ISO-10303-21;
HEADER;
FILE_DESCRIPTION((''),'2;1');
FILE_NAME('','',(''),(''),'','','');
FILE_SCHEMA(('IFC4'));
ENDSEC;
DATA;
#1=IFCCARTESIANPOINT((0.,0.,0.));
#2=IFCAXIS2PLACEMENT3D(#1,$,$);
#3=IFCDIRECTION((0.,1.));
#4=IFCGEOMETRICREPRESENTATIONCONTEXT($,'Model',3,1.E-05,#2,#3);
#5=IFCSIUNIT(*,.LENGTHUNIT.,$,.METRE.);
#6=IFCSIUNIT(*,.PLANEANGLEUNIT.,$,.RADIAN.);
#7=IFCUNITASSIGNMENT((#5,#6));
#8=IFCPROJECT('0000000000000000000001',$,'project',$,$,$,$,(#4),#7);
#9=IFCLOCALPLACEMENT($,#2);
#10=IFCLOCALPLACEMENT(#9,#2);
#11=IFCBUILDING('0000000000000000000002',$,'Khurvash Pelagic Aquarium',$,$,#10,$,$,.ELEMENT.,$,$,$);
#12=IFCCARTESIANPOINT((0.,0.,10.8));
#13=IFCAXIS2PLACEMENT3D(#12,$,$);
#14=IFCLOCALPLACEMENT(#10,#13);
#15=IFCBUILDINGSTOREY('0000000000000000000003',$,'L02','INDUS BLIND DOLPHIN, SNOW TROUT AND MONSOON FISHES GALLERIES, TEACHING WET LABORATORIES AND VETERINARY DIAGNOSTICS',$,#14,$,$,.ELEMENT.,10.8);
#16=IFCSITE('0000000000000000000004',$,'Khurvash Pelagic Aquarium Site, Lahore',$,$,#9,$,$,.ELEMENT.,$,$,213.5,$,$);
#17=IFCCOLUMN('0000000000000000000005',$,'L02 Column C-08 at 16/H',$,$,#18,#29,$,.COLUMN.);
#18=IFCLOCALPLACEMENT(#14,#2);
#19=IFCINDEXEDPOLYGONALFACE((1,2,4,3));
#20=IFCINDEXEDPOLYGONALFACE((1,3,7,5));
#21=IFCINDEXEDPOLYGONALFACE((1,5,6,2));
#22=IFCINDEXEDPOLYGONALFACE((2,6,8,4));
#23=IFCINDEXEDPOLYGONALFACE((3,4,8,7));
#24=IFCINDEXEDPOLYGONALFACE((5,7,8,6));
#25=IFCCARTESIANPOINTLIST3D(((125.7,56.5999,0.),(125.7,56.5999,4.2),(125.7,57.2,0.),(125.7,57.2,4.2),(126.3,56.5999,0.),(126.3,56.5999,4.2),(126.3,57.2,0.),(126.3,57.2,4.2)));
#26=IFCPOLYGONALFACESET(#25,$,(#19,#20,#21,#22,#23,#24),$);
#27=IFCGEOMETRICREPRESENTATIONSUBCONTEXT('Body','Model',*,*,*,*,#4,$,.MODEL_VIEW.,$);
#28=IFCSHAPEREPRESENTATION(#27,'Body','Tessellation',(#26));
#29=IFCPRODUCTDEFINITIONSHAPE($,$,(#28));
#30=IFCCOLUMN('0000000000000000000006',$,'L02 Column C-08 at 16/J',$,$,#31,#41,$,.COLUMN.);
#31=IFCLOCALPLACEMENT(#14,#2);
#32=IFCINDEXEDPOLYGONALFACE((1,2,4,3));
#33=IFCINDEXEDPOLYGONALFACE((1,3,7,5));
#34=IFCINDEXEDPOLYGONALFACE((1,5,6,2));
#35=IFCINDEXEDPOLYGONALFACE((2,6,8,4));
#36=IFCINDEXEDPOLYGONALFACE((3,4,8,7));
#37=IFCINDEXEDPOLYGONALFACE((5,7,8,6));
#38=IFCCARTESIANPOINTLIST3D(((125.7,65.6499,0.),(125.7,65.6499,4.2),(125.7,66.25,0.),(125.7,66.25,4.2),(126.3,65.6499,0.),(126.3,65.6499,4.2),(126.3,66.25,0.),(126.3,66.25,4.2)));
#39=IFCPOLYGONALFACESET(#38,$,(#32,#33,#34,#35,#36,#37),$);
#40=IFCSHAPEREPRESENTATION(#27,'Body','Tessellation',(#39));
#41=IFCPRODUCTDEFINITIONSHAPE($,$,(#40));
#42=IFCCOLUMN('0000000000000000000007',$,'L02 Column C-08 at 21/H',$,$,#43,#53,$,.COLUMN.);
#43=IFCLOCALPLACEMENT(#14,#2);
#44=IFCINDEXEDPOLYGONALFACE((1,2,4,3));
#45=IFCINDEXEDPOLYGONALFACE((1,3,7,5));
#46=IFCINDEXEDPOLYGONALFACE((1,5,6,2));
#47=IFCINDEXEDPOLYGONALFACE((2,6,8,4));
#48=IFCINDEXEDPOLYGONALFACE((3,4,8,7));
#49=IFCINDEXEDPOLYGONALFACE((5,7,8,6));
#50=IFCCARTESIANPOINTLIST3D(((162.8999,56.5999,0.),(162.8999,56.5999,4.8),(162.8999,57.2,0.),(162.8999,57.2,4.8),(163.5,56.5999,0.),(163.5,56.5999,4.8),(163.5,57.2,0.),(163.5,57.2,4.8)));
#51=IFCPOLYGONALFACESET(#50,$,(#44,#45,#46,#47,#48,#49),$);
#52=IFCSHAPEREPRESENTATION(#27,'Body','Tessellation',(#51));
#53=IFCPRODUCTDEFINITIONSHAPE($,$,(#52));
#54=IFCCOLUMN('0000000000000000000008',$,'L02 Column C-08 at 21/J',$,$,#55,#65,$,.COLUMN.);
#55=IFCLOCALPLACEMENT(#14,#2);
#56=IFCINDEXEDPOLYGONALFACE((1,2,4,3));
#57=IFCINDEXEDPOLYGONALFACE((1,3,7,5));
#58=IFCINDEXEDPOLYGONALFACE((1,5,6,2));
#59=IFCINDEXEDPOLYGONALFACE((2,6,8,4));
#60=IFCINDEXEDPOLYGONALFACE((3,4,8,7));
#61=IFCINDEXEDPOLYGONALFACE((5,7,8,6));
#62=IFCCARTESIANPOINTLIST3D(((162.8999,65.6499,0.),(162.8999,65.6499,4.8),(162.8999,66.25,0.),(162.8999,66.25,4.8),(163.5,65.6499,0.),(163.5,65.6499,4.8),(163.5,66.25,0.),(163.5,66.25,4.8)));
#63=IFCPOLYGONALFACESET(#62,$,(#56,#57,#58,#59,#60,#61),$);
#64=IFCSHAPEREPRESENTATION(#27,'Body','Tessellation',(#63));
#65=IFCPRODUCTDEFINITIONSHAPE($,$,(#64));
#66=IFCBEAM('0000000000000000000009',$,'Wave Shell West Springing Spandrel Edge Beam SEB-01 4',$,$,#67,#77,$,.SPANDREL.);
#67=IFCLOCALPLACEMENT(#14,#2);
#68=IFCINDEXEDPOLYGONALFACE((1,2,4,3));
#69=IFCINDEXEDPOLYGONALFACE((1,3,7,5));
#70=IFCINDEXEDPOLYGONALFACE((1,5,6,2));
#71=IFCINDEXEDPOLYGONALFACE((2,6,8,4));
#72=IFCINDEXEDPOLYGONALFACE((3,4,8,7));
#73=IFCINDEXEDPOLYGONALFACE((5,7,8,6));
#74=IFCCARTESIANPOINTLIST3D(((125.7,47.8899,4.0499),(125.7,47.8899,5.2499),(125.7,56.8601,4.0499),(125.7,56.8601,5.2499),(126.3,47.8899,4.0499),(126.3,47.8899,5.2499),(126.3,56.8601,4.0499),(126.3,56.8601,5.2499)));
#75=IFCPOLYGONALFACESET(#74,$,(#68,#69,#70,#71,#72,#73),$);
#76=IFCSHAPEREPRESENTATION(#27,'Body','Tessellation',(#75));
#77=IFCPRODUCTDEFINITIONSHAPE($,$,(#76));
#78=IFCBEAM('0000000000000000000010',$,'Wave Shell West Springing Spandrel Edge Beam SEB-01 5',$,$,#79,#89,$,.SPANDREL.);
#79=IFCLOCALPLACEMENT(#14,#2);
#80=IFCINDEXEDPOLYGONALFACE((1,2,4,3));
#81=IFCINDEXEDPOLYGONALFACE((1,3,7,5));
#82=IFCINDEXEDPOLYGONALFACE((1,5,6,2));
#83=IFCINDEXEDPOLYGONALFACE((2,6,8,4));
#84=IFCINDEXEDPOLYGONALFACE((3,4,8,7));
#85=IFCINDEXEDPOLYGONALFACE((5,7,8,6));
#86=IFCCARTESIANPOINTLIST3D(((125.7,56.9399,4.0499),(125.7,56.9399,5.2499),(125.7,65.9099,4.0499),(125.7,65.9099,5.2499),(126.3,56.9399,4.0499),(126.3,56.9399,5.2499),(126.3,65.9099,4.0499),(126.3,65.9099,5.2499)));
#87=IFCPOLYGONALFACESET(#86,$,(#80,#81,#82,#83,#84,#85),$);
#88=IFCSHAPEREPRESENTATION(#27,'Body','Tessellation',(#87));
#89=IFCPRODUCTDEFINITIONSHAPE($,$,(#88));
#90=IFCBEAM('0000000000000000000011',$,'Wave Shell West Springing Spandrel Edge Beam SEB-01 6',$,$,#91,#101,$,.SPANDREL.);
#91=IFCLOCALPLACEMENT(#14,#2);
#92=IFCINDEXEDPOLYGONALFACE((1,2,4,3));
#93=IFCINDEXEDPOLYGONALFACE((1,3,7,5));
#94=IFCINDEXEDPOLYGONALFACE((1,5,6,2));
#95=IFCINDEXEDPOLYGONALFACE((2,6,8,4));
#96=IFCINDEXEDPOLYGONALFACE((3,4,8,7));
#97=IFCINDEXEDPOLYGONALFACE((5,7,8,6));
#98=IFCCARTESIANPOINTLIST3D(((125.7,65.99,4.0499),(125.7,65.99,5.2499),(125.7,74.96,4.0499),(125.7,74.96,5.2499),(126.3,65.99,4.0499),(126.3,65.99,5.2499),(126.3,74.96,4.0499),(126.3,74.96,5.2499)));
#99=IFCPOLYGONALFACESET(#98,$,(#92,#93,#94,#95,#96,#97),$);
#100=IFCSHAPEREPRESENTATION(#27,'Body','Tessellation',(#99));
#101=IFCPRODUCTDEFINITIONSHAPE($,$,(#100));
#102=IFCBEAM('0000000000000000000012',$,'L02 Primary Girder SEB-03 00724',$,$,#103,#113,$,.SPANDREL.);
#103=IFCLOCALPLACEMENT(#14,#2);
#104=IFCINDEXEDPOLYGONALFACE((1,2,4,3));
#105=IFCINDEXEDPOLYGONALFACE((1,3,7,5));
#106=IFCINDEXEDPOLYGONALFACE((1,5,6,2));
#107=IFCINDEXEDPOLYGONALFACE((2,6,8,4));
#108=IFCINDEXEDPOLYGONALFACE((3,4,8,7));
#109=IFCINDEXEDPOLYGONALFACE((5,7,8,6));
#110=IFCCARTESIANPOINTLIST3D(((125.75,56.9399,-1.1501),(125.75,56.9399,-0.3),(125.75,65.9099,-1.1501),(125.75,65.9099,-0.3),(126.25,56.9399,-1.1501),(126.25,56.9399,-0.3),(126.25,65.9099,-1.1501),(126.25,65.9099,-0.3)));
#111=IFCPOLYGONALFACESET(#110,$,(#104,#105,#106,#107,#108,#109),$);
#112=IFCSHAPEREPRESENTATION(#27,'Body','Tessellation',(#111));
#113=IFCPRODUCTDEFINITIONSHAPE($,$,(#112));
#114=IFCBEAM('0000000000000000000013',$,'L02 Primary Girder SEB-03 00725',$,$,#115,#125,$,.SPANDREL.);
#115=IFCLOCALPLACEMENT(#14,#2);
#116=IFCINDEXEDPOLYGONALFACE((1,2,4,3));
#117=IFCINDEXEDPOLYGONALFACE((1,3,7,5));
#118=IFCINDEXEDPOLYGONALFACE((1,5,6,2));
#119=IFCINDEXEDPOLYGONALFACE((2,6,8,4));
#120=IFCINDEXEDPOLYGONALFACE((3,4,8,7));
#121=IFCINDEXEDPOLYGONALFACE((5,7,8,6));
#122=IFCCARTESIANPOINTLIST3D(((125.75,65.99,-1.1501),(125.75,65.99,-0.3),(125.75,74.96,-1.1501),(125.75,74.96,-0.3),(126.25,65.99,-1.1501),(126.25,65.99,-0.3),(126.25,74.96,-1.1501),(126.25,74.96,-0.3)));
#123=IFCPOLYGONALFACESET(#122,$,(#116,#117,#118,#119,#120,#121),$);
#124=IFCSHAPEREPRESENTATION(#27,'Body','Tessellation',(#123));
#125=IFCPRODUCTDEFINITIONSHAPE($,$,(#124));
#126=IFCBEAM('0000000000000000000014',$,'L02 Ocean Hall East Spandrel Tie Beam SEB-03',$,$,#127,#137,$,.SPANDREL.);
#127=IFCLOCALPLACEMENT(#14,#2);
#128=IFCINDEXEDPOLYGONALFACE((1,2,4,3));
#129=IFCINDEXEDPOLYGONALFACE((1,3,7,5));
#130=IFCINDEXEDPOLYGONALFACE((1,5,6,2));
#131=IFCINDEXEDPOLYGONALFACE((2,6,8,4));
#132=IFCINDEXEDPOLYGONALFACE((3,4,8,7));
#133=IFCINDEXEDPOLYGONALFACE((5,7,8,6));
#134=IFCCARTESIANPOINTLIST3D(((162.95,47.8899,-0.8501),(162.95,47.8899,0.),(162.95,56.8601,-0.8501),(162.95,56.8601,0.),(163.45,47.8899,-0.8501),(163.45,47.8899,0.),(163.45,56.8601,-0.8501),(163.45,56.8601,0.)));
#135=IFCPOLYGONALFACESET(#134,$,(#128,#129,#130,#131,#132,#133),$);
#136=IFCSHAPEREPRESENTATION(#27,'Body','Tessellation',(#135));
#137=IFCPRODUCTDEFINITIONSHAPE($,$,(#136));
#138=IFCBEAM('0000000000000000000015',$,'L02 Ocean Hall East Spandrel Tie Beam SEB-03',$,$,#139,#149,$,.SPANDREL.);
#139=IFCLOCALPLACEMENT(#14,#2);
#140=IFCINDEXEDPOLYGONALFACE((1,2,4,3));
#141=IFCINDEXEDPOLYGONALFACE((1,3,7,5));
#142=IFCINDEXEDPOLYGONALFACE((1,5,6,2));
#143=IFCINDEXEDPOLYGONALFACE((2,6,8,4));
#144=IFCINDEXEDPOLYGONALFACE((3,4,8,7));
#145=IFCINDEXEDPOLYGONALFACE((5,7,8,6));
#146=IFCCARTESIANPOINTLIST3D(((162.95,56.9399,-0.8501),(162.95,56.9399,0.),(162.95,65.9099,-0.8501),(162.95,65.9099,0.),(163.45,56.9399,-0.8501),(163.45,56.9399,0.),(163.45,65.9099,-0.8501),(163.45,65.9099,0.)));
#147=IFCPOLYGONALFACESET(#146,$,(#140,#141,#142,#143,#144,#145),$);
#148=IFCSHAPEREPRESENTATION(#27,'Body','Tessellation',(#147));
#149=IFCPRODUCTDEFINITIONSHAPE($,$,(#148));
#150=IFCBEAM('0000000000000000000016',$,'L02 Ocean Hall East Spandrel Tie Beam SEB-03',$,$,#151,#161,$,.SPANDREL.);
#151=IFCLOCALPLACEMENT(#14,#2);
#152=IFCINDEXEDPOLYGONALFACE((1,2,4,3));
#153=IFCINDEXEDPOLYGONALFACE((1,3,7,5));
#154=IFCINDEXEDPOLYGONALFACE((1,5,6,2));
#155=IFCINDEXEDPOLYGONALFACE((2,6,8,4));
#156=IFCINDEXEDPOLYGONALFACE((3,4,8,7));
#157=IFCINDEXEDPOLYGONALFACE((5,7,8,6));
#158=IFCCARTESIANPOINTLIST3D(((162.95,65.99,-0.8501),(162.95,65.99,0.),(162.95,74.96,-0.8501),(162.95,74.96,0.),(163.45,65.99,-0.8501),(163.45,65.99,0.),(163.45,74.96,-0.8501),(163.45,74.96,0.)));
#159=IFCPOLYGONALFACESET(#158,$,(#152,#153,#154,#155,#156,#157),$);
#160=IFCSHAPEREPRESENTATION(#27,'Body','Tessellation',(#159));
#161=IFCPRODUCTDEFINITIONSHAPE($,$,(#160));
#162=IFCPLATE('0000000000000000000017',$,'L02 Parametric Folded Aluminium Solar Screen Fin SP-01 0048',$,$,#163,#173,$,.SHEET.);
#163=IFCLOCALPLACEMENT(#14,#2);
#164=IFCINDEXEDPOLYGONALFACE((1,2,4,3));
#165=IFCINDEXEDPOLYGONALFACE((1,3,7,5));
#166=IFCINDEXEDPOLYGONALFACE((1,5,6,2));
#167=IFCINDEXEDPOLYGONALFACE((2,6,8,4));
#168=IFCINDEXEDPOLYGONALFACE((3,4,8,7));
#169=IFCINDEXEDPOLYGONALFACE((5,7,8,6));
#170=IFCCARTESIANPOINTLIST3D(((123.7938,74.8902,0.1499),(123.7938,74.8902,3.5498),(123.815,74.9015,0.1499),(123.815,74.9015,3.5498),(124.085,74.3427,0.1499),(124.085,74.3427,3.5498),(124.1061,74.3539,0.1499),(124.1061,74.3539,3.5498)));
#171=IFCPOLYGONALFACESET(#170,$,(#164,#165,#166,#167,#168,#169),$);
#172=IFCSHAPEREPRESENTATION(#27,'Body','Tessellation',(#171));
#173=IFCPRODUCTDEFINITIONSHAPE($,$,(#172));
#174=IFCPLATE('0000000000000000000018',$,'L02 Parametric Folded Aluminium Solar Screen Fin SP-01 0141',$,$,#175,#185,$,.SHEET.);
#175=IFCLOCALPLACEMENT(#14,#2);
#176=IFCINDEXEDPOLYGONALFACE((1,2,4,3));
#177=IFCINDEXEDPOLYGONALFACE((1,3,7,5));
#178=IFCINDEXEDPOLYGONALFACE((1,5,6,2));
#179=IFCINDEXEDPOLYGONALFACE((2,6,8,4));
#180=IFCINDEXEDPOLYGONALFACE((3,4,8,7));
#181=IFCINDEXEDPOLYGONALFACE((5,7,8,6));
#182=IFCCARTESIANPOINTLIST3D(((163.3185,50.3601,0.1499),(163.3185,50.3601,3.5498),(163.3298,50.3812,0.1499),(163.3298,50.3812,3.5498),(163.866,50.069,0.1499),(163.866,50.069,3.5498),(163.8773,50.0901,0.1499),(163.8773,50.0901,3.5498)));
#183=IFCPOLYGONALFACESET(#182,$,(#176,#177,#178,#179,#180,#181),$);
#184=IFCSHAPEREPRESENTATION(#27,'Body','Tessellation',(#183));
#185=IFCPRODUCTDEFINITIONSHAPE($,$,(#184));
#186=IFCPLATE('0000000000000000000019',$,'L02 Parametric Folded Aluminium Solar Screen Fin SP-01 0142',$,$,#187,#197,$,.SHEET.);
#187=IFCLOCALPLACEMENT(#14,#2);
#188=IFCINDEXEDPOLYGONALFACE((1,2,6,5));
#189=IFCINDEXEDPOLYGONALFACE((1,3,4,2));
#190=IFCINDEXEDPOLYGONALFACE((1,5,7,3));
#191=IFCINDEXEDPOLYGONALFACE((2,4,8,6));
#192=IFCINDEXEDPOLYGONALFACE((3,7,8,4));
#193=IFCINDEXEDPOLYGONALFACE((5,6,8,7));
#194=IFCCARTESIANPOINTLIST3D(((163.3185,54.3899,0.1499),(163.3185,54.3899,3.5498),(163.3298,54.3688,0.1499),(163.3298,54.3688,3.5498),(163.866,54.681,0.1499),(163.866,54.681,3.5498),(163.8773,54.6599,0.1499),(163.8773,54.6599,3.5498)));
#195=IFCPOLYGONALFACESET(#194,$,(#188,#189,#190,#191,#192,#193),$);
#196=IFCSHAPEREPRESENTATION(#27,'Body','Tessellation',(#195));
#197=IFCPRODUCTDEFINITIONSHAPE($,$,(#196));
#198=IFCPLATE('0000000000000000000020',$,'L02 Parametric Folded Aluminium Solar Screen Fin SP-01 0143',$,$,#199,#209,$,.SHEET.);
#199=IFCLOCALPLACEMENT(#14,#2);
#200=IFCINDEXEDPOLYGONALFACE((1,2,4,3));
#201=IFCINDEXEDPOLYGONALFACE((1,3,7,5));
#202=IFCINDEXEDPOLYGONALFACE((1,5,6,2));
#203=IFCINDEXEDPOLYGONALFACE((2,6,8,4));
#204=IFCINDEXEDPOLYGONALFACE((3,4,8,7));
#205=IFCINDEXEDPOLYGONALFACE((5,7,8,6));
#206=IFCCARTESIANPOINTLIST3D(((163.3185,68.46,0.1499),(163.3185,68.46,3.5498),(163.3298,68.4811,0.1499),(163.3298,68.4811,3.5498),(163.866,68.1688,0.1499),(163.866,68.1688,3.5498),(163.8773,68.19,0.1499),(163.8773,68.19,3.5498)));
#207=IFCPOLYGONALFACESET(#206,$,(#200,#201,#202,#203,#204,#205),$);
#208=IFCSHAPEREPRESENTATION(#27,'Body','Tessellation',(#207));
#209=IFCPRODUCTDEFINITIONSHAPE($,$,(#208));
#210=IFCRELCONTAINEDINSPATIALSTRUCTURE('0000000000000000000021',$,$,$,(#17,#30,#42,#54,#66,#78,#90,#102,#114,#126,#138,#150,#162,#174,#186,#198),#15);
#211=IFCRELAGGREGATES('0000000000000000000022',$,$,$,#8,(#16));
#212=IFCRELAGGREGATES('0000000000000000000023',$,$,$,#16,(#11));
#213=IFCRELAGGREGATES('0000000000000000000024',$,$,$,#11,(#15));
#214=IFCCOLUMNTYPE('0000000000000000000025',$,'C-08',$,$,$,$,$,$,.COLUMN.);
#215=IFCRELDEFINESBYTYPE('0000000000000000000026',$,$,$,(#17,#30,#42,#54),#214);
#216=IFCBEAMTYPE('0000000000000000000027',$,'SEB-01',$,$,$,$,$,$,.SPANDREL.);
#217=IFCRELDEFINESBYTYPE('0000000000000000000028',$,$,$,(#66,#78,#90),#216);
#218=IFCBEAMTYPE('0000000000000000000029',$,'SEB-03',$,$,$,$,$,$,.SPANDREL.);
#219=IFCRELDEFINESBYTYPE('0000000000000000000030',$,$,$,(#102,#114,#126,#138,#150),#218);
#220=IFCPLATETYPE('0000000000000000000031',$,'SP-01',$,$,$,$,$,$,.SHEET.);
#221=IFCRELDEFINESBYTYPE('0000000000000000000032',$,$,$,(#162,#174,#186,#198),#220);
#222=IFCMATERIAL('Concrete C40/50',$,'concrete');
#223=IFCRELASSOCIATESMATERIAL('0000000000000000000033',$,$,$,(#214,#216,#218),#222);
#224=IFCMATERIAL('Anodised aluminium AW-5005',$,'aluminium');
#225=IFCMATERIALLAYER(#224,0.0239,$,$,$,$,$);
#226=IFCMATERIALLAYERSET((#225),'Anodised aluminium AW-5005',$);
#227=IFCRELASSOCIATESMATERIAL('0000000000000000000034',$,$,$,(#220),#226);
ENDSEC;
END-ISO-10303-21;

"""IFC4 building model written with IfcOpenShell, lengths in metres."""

from ifc_helpers import new_model, si_unit, direction, frame, origin, origin_2d, place, context, subcontext, project, spatial, rectangle, extrude, material, layer, layer_set, material_profile, profile_set, type_object, element, save


model = new_model("IFC4")

# Units and contexts
model_context = context("Model", 3, precision=1e-05, world=origin(), true_north=direction((0.0, 1.0)))
body_context = subcontext(model_context, "Body", "Model", "MODEL_VIEW")
ifc_project = project(units=[si_unit("LENGTHUNIT", "METRE"), si_unit("PLANEANGLEUNIT", "RADIAN")], contexts=[model_context])

# Site, building, storey
site_placement = place(None, origin())
site = spatial("IfcSite", under=ifc_project, at=site_placement, Name="Khurvash Pelagic Aquarium Site, Lahore", CompositionType="ELEMENT", RefElevation=213.5)
building_placement = place(site_placement, origin())
building = spatial("IfcBuilding", under=site, at=building_placement, Name="Khurvash Pelagic Aquarium", CompositionType="ELEMENT")
storey_placement = place(building_placement, frame((0.0, 0.0, 10.8)))
storey = spatial("IfcBuildingStorey", under=building, at=storey_placement, Name="L02", Description="INDUS BLIND DOLPHIN, SNOW TROUT AND MONSOON FISHES GALLERIES, TEACHING WET LABORATORIES AND VETERINARY DIAGNOSTICS", CompositionType="ELEMENT", Elevation=10.8)

# Columns
ifc_material_1 = material(Name="Concrete C40/50", Category="concrete")
ifc_material_profile_1 = material_profile(ifc_material_1, rectangle(XDim=0.6001, YDim=0.6001, at=origin_2d()), Name="RC600X600")
ifc_profile_set_1 = profile_set([ifc_material_profile_1], Name="Concrete C40/50")
column_type = type_object("IfcColumnType", Name="C-08", PredefinedType="COLUMN", material=ifc_profile_set_1)
for number, where, z_axis, x_axis, name in (
    (1, (126.0, 56.8999, 0.0), (0.0, 0.0, 1.0), (1.0, 0.0, 0.0), "L02 Column C-08 at 16/H"),
    (2, (126.0, 65.95, 0.0), (0.0, 0.0, 1.0), (1.0, 0.0, 0.0), "L02 Column C-08 at 16/J"),
):
    element("IfcColumn", number, at=place(storey_placement, frame(where, z_axis=z_axis, x_axis=x_axis)), inside=storey, type_object=column_type, Name=name, PredefinedType="COLUMN", context=body_context, shape_type="SweptSolid", body=[
        extrude(rectangle(XDim=0.6001, YDim=0.6001, at=origin_2d()), origin(), (0.0, 0.0, 1.0), 4.2),
    ])
for number, where, z_axis, x_axis, name in (
    (3, (163.2, 56.8999, 0.0), (0.0, 0.0, 1.0), (1.0, 0.0, 0.0), "L02 Column C-08 at 21/H"),
    (4, (163.2, 65.95, 0.0), (0.0, 0.0, 1.0), (1.0, 0.0, 0.0), "L02 Column C-08 at 21/J"),
):
    element("IfcColumn", number, at=place(storey_placement, frame(where, z_axis=z_axis, x_axis=x_axis)), inside=storey, type_object=column_type, Name=name, PredefinedType="COLUMN", context=body_context, shape_type="SweptSolid", body=[
        extrude(rectangle(XDim=0.6001, YDim=0.6001, at=origin_2d()), origin(), (0.0, 0.0, 1.0), 4.8),
    ])

# Beams
ifc_material_profile_2 = material_profile(ifc_material_1, rectangle(XDim=0.6001, YDim=1.2, at=origin_2d()), Name="RC600X1200")
ifc_profile_set_2 = profile_set([ifc_material_profile_2], Name="Concrete C40/50")
beam_type_1 = type_object("IfcBeamType", Name="SEB-01", PredefinedType="SPANDREL", material=ifc_profile_set_2)
beam_1_placement = place(storey_placement, frame((126.0, 47.8899, 4.6499), z_axis=(0.0, 1.0, 0.0), x_axis=(-1.0, 0.0, 0.0)))
element("IfcBeam", 5, at=beam_1_placement, inside=storey, type_object=beam_type_1, Name="Wave Shell West Springing Spandrel Edge Beam SEB-01 4", PredefinedType="SPANDREL", context=body_context, shape_type="SweptSolid", body=[
    extrude(rectangle(XDim=0.6001, YDim=1.2, at=origin_2d()), origin(), (0.0, 0.0, 1.0), 8.9702),
])
for number, where, z_axis, x_axis, name in (
    (6, (126.0, 56.9399, 4.6499), (0.0, 1.0, 0.0), (-1.0, 0.0, 0.0), "Wave Shell West Springing Spandrel Edge Beam SEB-01 5"),
    (7, (126.0, 65.99, 4.6499), (0.0, 1.0, 0.0), (-1.0, 0.0, 0.0), "Wave Shell West Springing Spandrel Edge Beam SEB-01 6"),
):
    element("IfcBeam", number, at=place(storey_placement, frame(where, z_axis=z_axis, x_axis=x_axis)), inside=storey, type_object=beam_type_1, Name=name, PredefinedType="SPANDREL", context=body_context, shape_type="SweptSolid", body=[
        extrude(rectangle(XDim=0.6001, YDim=1.2, at=origin_2d()), origin(), (0.0, 0.0, 1.0), 8.97),
    ])
ifc_material_profile_3 = material_profile(ifc_material_1, rectangle(XDim=0.5, YDim=0.8501, at=origin_2d()), Name="RC500X850")
ifc_profile_set_3 = profile_set([ifc_material_profile_3], Name="Concrete C40/50")
beam_type_2 = type_object("IfcBeamType", Name="SEB-03", PredefinedType="SPANDREL", material=ifc_profile_set_3)
for number, where, z_axis, x_axis, name in (
    (8, (126.0, 56.9399, -0.7251), (0.0, 1.0, 0.0), (-1.0, 0.0, 0.0), "L02 Primary Girder SEB-03 00724"),
    (9, (126.0, 65.99, -0.7251), (0.0, 1.0, 0.0), (-1.0, 0.0, 0.0), "L02 Primary Girder SEB-03 00725"),
):
    element("IfcBeam", number, at=place(storey_placement, frame(where, z_axis=z_axis, x_axis=x_axis)), inside=storey, type_object=beam_type_2, Name=name, PredefinedType="SPANDREL", context=body_context, shape_type="SweptSolid", body=[
        extrude(rectangle(XDim=0.5, YDim=0.8501, at=origin_2d()), origin(), (0.0, 0.0, 1.0), 8.97),
    ])
beam_2_placement = place(storey_placement, frame((163.2, 47.8899, -0.425), z_axis=(0.0, 1.0, 0.0), x_axis=(-1.0, 0.0, 0.0)))
element("IfcBeam", 10, at=beam_2_placement, inside=storey, type_object=beam_type_2, Name="L02 Ocean Hall East Spandrel Tie Beam SEB-03", PredefinedType="SPANDREL", context=body_context, shape_type="SweptSolid", body=[
    extrude(rectangle(XDim=0.5, YDim=0.8501, at=origin_2d()), origin(), (0.0, 0.0, 1.0), 8.9702),
])
for number, where, z_axis, x_axis, name in (
    (11, (163.2, 56.9399, -0.425), (0.0, 1.0, 0.0), (-1.0, 0.0, 0.0), "L02 Ocean Hall East Spandrel Tie Beam SEB-03"),
    (12, (163.2, 65.99, -0.425), (0.0, 1.0, 0.0), (-1.0, 0.0, 0.0), "L02 Ocean Hall East Spandrel Tie Beam SEB-03"),
):
    element("IfcBeam", number, at=place(storey_placement, frame(where, z_axis=z_axis, x_axis=x_axis)), inside=storey, type_object=beam_type_2, Name=name, PredefinedType="SPANDREL", context=body_context, shape_type="SweptSolid", body=[
        extrude(rectangle(XDim=0.5, YDim=0.8501, at=origin_2d()), origin(), (0.0, 0.0, 1.0), 8.97),
    ])

# Plates
ifc_material_2 = material(Name="Anodised aluminium AW-5005", Category="aluminium")
ifc_layer_1 = layer(ifc_material_2, 0.0239)
ifc_layer_set_1 = layer_set([ifc_layer_1], Name="Anodised aluminium AW-5005")
plate_type = type_object("IfcPlateType", Name="SP-01", PredefinedType="SHEET", material=ifc_layer_set_1)
for number, where, z_axis, x_axis, name in (
    (13, (123.95, 74.6221, 0.1499), (0.0, 0.0, 1.0), (0.469472, -0.882948, 0.0), "L02 Parametric Folded Aluminium Solar Screen Fin SP-01 0048"),
    (14, (163.5979, 50.2251, 0.1499), (0.0, 0.0, 1.0), (0.882948, -0.469472, 0.0), "L02 Parametric Folded Aluminium Solar Screen Fin SP-01 0141"),
    (15, (163.5979, 54.5249, 0.1499), (0.0, 0.0, 1.0), (0.882948, 0.469472, 0.0), "L02 Parametric Folded Aluminium Solar Screen Fin SP-01 0142"),
    (16, (163.5979, 68.325, 0.1499), (0.0, 0.0, 1.0), (0.882948, -0.469472, 0.0), "L02 Parametric Folded Aluminium Solar Screen Fin SP-01 0143"),
):
    element("IfcPlate", number, at=place(storey_placement, frame(where, z_axis=z_axis, x_axis=x_axis)), inside=storey, type_object=plate_type, Name=name, PredefinedType="SHEET", context=body_context, shape_type="SweptSolid", body=[
        extrude(rectangle(XDim=0.6201, YDim=0.0239, at=origin_2d()), origin(), (0.0, 0.0, 1.0), 3.3999),
    ])

save(model, "model.ifc")
